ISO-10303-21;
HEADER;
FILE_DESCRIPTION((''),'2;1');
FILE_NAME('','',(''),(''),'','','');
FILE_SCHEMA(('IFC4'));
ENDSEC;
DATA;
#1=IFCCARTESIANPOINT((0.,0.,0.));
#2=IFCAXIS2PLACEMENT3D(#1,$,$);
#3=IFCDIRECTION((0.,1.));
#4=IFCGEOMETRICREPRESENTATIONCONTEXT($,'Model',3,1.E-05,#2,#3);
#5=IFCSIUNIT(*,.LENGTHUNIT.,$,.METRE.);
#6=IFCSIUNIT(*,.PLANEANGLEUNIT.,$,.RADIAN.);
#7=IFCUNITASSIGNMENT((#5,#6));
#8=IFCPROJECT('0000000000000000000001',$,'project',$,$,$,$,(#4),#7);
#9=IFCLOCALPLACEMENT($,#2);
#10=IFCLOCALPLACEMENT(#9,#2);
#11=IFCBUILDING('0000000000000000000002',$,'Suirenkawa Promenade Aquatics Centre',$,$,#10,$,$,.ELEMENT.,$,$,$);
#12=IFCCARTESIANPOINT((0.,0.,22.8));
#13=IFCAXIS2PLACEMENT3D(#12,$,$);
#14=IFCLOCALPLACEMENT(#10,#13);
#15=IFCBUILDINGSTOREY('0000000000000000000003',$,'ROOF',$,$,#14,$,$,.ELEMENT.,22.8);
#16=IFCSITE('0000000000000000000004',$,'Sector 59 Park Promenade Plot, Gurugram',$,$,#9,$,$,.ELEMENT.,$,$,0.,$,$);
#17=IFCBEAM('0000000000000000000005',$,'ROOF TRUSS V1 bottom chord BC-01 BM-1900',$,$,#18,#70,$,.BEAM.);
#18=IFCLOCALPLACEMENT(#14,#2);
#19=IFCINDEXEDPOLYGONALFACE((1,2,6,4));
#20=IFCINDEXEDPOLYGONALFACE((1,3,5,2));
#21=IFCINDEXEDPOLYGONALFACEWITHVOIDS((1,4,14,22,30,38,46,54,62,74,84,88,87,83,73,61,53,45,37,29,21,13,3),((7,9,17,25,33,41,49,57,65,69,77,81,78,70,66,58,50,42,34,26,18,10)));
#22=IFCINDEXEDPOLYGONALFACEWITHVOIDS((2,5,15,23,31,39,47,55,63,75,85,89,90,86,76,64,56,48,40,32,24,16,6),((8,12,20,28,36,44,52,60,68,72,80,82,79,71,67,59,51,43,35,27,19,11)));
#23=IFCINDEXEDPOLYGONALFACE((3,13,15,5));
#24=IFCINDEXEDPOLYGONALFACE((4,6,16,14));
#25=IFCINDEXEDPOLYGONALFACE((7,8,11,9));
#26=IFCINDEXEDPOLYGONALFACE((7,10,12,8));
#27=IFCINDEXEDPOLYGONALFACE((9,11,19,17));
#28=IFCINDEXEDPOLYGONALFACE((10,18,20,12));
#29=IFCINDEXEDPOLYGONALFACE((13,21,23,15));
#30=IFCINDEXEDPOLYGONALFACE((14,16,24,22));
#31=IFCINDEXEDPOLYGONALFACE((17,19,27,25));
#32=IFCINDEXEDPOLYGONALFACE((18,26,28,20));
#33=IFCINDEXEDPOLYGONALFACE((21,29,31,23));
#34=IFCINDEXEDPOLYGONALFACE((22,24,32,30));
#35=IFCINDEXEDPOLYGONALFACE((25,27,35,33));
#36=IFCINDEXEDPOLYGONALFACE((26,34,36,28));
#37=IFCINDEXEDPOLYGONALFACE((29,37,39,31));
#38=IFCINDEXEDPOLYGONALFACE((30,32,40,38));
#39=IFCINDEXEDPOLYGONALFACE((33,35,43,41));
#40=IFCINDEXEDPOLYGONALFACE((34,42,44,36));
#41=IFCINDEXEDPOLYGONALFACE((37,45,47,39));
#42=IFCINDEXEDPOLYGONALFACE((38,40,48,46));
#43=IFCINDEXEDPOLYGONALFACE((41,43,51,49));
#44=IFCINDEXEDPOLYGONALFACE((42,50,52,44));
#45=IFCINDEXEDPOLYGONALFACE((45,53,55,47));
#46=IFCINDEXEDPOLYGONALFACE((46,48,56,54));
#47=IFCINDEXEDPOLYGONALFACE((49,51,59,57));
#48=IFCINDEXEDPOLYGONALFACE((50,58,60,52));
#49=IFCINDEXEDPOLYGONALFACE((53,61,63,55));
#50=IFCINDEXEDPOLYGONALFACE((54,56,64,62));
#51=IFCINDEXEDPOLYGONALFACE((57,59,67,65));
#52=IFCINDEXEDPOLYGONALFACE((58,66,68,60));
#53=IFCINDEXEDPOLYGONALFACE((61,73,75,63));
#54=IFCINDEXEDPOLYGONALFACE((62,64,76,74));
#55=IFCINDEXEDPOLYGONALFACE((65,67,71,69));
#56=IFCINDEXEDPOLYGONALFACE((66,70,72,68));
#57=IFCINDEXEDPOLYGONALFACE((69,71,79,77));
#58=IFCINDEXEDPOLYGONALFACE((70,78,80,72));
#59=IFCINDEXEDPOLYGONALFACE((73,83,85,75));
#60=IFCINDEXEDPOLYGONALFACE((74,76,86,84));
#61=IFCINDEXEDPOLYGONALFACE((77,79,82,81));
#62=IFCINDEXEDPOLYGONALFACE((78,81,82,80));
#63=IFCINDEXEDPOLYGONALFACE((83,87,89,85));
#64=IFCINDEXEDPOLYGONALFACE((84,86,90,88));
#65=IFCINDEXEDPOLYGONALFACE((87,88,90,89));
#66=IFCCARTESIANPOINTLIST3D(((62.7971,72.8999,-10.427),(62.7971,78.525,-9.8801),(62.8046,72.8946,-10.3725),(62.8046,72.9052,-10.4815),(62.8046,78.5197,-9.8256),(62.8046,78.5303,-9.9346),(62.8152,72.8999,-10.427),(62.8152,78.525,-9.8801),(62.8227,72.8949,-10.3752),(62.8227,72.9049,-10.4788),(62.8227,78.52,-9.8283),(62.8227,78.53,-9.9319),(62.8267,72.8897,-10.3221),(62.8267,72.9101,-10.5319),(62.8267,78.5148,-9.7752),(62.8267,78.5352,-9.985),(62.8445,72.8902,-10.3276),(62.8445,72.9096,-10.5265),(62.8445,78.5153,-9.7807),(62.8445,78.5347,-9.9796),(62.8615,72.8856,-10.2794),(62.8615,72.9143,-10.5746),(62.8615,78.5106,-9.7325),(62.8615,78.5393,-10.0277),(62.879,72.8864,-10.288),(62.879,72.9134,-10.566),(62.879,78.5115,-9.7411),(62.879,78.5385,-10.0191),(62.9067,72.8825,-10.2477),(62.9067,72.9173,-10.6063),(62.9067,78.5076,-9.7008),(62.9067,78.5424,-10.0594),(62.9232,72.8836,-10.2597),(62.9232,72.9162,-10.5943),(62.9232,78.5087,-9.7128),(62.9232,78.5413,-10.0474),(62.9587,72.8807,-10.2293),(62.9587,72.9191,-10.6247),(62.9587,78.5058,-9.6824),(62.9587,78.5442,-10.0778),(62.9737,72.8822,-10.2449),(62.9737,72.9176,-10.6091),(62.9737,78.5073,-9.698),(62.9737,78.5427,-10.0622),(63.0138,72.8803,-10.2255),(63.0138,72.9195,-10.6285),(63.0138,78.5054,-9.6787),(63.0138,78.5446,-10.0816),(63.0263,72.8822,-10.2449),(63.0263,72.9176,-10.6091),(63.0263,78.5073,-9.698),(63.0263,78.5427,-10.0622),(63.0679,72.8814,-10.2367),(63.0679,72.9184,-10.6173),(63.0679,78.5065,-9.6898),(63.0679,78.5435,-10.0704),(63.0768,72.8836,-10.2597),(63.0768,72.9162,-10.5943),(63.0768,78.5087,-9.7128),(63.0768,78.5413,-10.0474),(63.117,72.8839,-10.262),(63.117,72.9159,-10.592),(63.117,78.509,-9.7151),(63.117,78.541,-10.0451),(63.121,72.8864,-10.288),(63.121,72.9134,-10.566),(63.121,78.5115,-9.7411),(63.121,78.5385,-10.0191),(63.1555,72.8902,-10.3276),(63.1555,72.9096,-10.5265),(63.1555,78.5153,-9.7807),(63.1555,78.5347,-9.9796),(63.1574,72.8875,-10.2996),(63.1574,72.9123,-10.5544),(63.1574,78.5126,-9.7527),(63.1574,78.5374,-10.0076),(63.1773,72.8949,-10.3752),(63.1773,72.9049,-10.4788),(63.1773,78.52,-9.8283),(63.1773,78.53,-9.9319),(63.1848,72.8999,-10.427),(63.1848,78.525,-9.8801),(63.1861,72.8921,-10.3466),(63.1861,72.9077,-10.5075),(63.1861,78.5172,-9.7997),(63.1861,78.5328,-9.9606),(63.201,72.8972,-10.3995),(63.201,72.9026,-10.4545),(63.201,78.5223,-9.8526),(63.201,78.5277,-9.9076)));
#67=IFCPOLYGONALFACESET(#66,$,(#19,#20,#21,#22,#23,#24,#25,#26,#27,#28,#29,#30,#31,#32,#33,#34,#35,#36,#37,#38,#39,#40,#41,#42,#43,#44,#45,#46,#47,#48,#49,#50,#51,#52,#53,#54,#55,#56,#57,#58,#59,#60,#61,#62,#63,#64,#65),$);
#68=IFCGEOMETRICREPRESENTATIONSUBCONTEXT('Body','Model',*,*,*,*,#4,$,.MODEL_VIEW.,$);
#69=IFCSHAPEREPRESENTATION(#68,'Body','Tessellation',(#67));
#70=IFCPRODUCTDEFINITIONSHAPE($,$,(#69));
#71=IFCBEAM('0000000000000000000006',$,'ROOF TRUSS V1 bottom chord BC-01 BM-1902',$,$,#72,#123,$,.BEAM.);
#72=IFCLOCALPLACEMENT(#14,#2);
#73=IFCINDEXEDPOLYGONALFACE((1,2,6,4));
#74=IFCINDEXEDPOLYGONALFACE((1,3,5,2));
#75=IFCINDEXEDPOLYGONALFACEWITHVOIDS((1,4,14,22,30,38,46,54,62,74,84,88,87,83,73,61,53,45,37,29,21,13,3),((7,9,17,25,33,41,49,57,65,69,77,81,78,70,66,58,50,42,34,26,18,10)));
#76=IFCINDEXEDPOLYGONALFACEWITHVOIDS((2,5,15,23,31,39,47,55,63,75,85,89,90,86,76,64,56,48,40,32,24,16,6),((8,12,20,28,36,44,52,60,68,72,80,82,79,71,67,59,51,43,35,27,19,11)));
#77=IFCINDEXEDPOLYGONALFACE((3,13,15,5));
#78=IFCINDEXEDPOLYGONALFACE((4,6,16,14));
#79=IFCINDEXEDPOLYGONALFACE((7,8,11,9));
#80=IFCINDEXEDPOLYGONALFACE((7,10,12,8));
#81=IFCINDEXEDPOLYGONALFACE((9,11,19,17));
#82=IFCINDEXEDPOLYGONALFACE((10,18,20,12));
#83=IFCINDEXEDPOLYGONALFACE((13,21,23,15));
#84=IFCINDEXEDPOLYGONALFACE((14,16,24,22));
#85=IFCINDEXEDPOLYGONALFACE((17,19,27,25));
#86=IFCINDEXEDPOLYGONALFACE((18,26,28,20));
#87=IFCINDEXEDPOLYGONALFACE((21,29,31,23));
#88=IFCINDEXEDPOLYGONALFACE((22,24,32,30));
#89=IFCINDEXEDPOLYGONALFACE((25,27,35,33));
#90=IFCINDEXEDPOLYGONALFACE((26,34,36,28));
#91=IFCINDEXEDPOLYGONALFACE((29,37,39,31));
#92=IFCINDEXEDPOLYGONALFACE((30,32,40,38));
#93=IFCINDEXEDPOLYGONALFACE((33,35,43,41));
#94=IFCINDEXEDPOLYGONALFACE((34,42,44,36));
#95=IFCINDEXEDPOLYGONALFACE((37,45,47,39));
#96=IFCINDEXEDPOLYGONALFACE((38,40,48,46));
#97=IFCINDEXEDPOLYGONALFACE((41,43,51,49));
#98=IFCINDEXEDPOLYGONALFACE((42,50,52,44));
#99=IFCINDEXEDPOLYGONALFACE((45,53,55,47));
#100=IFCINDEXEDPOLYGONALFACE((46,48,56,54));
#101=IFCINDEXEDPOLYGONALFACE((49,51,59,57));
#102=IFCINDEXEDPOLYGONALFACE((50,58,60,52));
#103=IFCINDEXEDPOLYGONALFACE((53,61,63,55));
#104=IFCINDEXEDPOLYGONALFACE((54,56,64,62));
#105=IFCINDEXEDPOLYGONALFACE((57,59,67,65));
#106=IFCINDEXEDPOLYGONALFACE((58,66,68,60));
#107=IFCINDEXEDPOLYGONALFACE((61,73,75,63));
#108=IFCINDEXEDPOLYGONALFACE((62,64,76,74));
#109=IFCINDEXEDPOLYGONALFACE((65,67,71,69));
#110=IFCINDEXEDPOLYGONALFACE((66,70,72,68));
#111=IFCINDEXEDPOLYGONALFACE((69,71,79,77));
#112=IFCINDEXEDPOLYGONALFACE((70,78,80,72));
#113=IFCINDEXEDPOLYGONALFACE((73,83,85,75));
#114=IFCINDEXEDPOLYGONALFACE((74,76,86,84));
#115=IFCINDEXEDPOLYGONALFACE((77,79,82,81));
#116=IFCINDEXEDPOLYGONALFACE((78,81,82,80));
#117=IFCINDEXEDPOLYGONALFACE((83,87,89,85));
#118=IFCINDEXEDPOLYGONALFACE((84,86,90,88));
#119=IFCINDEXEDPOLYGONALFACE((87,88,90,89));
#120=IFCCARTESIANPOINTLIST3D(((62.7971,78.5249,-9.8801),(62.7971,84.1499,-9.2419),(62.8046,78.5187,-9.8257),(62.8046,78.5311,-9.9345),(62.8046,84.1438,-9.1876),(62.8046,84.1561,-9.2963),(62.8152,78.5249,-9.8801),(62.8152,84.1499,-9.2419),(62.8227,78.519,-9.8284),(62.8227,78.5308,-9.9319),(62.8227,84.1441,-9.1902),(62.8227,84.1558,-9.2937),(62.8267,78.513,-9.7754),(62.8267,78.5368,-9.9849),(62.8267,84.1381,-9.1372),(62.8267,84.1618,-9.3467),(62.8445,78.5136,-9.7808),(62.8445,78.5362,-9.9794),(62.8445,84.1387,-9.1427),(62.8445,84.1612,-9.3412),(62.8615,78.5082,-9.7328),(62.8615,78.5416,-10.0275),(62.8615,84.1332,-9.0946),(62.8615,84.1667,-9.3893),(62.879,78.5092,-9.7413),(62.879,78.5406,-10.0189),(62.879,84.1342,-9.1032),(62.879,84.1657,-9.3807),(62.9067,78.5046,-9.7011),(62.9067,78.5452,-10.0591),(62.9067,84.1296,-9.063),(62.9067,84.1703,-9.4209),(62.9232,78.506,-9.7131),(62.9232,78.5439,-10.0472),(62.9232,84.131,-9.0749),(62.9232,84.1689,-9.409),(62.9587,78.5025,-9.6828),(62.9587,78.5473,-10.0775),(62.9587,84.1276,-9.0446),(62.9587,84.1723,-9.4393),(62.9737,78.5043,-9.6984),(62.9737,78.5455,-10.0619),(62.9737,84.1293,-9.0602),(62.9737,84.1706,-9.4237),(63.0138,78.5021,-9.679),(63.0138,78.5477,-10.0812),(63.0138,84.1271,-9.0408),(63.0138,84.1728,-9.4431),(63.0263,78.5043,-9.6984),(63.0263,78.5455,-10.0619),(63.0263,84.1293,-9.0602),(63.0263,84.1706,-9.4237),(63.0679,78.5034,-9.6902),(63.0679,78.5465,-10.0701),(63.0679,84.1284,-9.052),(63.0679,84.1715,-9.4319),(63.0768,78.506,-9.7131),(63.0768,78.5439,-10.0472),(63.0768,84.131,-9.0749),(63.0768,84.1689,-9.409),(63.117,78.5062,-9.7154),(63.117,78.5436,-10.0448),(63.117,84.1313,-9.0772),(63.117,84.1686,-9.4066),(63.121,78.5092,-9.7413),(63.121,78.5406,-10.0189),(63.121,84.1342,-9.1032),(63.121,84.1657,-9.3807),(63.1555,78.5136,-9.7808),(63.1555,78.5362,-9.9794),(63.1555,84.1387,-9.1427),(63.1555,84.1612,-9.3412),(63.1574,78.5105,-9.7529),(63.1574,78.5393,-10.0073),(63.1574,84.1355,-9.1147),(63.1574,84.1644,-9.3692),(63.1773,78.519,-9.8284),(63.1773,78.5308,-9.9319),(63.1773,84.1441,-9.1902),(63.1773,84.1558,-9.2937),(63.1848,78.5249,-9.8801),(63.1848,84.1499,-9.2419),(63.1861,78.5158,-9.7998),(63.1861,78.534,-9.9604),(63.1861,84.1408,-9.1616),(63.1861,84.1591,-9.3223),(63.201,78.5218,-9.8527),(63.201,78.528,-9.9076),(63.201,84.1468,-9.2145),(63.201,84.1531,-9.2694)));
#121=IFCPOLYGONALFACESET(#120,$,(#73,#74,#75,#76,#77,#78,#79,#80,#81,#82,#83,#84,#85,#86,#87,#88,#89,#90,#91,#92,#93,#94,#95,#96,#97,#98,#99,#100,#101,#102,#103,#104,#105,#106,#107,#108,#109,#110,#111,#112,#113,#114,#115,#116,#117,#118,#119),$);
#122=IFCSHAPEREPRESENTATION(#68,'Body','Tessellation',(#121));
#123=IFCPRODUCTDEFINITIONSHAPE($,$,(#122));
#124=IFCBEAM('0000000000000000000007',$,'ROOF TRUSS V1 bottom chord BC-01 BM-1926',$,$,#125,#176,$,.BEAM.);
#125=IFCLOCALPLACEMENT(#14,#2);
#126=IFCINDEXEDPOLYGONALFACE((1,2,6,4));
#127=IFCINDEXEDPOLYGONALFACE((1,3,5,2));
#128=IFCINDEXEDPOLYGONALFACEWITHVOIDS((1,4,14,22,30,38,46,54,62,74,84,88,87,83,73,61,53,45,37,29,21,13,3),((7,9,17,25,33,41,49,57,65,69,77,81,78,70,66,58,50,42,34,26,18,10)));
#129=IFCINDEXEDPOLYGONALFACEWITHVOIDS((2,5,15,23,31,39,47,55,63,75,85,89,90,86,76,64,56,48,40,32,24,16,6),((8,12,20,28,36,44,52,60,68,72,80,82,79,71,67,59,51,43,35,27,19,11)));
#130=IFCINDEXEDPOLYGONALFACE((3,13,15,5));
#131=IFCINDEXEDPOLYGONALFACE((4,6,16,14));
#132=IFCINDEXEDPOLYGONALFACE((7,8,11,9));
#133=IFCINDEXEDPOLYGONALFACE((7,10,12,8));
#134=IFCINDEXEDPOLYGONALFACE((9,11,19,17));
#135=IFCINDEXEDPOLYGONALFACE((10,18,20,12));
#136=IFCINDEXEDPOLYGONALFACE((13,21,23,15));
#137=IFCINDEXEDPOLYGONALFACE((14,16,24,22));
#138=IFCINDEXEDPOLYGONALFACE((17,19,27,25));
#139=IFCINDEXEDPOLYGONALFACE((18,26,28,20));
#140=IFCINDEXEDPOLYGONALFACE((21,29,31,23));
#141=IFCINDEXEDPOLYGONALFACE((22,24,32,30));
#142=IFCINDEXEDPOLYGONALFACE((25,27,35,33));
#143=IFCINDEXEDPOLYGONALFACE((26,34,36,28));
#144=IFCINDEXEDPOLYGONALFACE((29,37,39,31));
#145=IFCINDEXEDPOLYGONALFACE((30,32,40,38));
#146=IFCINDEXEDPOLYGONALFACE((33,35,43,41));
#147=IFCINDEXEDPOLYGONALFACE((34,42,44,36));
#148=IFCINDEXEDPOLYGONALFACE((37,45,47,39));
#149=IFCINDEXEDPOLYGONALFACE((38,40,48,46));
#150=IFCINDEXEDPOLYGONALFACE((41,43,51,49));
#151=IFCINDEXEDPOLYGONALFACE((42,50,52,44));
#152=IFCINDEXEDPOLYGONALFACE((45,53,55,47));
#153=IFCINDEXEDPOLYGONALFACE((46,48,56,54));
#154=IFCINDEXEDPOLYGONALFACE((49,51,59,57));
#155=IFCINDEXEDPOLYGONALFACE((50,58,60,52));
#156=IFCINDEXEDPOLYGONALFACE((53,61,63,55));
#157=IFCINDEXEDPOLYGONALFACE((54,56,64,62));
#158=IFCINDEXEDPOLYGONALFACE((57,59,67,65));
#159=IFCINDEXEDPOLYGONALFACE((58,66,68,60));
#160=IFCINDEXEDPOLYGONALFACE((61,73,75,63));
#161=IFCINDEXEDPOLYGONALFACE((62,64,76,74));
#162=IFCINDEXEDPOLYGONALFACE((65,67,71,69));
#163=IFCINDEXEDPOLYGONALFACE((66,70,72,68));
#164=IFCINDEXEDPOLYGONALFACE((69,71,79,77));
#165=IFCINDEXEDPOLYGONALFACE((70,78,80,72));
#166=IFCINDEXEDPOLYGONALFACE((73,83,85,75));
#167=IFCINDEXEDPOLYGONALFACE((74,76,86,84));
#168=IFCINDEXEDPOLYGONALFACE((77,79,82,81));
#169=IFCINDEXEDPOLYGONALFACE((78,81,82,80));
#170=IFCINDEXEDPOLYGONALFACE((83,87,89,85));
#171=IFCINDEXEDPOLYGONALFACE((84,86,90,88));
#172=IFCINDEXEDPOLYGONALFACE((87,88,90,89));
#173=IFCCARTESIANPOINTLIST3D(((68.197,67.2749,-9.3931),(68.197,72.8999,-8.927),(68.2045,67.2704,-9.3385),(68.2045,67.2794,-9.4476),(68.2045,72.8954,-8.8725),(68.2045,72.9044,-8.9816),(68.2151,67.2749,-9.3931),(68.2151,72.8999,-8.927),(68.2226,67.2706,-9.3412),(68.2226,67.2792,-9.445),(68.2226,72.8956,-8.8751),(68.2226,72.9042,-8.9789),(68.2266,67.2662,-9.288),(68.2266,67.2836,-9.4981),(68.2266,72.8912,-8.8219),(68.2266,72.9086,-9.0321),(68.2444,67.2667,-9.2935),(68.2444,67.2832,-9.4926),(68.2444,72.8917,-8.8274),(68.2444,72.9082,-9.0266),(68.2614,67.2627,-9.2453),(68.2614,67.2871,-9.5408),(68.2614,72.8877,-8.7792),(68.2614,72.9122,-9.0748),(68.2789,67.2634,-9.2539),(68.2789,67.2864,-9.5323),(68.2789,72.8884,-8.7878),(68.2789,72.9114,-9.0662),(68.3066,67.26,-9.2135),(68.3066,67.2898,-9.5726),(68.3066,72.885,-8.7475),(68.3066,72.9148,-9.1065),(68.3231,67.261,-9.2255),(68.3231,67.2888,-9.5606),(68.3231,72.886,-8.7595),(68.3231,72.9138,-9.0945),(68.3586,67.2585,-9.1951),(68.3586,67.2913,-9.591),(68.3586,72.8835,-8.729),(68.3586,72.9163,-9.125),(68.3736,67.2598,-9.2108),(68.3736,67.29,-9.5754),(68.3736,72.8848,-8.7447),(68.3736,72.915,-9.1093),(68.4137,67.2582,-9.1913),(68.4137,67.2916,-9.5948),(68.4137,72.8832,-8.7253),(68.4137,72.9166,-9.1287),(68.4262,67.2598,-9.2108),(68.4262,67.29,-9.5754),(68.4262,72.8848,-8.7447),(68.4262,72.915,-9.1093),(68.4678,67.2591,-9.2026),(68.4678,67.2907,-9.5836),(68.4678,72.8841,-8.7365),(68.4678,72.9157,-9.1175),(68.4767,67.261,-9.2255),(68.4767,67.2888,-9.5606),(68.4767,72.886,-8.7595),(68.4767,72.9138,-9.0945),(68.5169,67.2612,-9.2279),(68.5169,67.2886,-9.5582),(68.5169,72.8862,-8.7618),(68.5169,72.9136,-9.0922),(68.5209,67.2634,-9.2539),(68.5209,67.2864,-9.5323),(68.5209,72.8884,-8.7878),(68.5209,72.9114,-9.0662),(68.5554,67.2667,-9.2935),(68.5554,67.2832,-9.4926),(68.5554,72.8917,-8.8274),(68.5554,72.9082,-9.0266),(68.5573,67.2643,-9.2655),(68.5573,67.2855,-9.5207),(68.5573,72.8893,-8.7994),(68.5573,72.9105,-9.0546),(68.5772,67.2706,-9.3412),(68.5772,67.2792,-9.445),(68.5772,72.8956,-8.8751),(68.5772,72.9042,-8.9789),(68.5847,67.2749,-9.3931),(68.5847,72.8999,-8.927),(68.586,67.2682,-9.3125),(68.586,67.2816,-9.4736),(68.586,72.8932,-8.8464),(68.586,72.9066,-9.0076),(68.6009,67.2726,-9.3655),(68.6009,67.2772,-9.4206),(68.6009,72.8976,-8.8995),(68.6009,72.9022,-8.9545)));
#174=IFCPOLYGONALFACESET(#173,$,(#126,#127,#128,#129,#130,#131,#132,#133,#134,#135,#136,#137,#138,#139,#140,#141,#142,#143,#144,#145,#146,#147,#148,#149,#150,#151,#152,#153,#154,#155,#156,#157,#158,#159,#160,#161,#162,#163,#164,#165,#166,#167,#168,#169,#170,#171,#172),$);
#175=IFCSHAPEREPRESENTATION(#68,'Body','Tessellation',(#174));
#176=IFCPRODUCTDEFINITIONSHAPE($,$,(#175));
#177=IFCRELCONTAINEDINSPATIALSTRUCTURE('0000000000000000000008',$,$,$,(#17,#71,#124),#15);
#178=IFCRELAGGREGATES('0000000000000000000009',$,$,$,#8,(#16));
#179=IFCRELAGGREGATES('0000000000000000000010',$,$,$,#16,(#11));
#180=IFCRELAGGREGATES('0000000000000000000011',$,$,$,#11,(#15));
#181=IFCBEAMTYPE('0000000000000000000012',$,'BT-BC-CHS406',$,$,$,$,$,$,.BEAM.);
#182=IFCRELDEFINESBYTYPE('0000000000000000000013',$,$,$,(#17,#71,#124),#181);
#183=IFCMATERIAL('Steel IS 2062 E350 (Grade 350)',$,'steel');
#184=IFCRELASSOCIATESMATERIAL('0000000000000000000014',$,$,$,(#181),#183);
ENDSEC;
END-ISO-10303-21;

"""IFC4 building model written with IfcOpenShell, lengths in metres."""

from ifc_helpers import new_model, si_unit, direction, frame, origin, origin_2d, place, context, subcontext, project, spatial, hollow_circle, extrude, material, material_profile, profile_set, type_object, element, save


model = new_model("IFC4")

# Units and contexts
model_context = context("Model", 3, precision=1e-05, world=origin(), true_north=direction((0.0, 1.0)))
body_context = subcontext(model_context, "Body", "Model", "MODEL_VIEW")
ifc_project = project(units=[si_unit("LENGTHUNIT", "METRE"), si_unit("PLANEANGLEUNIT", "RADIAN")], contexts=[model_context])

# Site, building, storey
site_placement = place(None, origin())
site = spatial("IfcSite", under=ifc_project, at=site_placement, Name="Sector 59 Park Promenade Plot, Gurugram", CompositionType="ELEMENT", RefElevation=0.0)
building_placement = place(site_placement, origin())
building = spatial("IfcBuilding", under=site, at=building_placement, Name="Suirenkawa Promenade Aquatics Centre", CompositionType="ELEMENT")
storey_placement = place(building_placement, frame((0.0, 0.0, 22.8)))
storey = spatial("IfcBuildingStorey", under=building, at=storey_placement, Name="ROOF", CompositionType="ELEMENT", Elevation=22.8)

# Beams
ifc_material = material(Name="Steel IS 2062 E350 (Grade 350)", Category="steel")
ifc_material_profile_1 = material_profile(ifc_material, hollow_circle(Radius=0.2029, WallThickness=0.0181, at=origin_2d()), Name="CHS 406x18", Category="steel")
ifc_profile_set_1 = profile_set([ifc_material_profile_1], Name="Steel IS 2062 E350 (Grade 350)")
beam_type_1 = type_object("IfcBeamType", Name="BT-BC-CHS406", PredefinedType="BEAM", material=ifc_profile_set_1)
beam_1_placement = place(storey_placement, frame((63.0, 72.8999, -10.427), z_axis=(0.0, 0.995307, 0.096766), x_axis=(-1.0, 0.0, 0.0)))
element("IfcBeam", 1, at=beam_1_placement, inside=storey, type_object=beam_type_1, Name="ROOF TRUSS V1 bottom chord BC-01 BM-1900", PredefinedType="BEAM", context=body_context, shape_type="SweptSolid", body=[
    extrude(hollow_circle(Radius=0.2029, WallThickness=0.0181, at=origin_2d()), origin(), (0.0, 0.0, 1.0), 5.6516),
])
beam_2_placement = place(storey_placement, frame((63.0, 78.5249, -9.8801), z_axis=(0.0, 0.993625, 0.112732), x_axis=(-1.0, 0.0, 0.0)))
element("IfcBeam", 2, at=beam_2_placement, inside=storey, type_object=beam_type_1, Name="ROOF TRUSS V1 bottom chord BC-01 BM-1902", PredefinedType="BEAM", context=body_context, shape_type="SweptSolid", body=[
    extrude(hollow_circle(Radius=0.2029, WallThickness=0.0181, at=origin_2d()), origin(), (0.0, 0.0, 1.0), 5.6611),
])
beam_3_placement = place(storey_placement, frame((68.3999, 67.2749, -9.3931), z_axis=(0.0, 0.996585, 0.082573), x_axis=(-1.0, 0.0, 0.0)))
element("IfcBeam", 3, at=beam_3_placement, inside=storey, type_object=beam_type_1, Name="ROOF TRUSS V1 bottom chord BC-01 BM-1926", PredefinedType="BEAM", context=body_context, shape_type="SweptSolid", body=[
    extrude(hollow_circle(Radius=0.2029, WallThickness=0.0181, at=origin_2d()), origin(), (0.0, 0.0, 1.0), 5.6443),
])

save(model, "model.ifc")
